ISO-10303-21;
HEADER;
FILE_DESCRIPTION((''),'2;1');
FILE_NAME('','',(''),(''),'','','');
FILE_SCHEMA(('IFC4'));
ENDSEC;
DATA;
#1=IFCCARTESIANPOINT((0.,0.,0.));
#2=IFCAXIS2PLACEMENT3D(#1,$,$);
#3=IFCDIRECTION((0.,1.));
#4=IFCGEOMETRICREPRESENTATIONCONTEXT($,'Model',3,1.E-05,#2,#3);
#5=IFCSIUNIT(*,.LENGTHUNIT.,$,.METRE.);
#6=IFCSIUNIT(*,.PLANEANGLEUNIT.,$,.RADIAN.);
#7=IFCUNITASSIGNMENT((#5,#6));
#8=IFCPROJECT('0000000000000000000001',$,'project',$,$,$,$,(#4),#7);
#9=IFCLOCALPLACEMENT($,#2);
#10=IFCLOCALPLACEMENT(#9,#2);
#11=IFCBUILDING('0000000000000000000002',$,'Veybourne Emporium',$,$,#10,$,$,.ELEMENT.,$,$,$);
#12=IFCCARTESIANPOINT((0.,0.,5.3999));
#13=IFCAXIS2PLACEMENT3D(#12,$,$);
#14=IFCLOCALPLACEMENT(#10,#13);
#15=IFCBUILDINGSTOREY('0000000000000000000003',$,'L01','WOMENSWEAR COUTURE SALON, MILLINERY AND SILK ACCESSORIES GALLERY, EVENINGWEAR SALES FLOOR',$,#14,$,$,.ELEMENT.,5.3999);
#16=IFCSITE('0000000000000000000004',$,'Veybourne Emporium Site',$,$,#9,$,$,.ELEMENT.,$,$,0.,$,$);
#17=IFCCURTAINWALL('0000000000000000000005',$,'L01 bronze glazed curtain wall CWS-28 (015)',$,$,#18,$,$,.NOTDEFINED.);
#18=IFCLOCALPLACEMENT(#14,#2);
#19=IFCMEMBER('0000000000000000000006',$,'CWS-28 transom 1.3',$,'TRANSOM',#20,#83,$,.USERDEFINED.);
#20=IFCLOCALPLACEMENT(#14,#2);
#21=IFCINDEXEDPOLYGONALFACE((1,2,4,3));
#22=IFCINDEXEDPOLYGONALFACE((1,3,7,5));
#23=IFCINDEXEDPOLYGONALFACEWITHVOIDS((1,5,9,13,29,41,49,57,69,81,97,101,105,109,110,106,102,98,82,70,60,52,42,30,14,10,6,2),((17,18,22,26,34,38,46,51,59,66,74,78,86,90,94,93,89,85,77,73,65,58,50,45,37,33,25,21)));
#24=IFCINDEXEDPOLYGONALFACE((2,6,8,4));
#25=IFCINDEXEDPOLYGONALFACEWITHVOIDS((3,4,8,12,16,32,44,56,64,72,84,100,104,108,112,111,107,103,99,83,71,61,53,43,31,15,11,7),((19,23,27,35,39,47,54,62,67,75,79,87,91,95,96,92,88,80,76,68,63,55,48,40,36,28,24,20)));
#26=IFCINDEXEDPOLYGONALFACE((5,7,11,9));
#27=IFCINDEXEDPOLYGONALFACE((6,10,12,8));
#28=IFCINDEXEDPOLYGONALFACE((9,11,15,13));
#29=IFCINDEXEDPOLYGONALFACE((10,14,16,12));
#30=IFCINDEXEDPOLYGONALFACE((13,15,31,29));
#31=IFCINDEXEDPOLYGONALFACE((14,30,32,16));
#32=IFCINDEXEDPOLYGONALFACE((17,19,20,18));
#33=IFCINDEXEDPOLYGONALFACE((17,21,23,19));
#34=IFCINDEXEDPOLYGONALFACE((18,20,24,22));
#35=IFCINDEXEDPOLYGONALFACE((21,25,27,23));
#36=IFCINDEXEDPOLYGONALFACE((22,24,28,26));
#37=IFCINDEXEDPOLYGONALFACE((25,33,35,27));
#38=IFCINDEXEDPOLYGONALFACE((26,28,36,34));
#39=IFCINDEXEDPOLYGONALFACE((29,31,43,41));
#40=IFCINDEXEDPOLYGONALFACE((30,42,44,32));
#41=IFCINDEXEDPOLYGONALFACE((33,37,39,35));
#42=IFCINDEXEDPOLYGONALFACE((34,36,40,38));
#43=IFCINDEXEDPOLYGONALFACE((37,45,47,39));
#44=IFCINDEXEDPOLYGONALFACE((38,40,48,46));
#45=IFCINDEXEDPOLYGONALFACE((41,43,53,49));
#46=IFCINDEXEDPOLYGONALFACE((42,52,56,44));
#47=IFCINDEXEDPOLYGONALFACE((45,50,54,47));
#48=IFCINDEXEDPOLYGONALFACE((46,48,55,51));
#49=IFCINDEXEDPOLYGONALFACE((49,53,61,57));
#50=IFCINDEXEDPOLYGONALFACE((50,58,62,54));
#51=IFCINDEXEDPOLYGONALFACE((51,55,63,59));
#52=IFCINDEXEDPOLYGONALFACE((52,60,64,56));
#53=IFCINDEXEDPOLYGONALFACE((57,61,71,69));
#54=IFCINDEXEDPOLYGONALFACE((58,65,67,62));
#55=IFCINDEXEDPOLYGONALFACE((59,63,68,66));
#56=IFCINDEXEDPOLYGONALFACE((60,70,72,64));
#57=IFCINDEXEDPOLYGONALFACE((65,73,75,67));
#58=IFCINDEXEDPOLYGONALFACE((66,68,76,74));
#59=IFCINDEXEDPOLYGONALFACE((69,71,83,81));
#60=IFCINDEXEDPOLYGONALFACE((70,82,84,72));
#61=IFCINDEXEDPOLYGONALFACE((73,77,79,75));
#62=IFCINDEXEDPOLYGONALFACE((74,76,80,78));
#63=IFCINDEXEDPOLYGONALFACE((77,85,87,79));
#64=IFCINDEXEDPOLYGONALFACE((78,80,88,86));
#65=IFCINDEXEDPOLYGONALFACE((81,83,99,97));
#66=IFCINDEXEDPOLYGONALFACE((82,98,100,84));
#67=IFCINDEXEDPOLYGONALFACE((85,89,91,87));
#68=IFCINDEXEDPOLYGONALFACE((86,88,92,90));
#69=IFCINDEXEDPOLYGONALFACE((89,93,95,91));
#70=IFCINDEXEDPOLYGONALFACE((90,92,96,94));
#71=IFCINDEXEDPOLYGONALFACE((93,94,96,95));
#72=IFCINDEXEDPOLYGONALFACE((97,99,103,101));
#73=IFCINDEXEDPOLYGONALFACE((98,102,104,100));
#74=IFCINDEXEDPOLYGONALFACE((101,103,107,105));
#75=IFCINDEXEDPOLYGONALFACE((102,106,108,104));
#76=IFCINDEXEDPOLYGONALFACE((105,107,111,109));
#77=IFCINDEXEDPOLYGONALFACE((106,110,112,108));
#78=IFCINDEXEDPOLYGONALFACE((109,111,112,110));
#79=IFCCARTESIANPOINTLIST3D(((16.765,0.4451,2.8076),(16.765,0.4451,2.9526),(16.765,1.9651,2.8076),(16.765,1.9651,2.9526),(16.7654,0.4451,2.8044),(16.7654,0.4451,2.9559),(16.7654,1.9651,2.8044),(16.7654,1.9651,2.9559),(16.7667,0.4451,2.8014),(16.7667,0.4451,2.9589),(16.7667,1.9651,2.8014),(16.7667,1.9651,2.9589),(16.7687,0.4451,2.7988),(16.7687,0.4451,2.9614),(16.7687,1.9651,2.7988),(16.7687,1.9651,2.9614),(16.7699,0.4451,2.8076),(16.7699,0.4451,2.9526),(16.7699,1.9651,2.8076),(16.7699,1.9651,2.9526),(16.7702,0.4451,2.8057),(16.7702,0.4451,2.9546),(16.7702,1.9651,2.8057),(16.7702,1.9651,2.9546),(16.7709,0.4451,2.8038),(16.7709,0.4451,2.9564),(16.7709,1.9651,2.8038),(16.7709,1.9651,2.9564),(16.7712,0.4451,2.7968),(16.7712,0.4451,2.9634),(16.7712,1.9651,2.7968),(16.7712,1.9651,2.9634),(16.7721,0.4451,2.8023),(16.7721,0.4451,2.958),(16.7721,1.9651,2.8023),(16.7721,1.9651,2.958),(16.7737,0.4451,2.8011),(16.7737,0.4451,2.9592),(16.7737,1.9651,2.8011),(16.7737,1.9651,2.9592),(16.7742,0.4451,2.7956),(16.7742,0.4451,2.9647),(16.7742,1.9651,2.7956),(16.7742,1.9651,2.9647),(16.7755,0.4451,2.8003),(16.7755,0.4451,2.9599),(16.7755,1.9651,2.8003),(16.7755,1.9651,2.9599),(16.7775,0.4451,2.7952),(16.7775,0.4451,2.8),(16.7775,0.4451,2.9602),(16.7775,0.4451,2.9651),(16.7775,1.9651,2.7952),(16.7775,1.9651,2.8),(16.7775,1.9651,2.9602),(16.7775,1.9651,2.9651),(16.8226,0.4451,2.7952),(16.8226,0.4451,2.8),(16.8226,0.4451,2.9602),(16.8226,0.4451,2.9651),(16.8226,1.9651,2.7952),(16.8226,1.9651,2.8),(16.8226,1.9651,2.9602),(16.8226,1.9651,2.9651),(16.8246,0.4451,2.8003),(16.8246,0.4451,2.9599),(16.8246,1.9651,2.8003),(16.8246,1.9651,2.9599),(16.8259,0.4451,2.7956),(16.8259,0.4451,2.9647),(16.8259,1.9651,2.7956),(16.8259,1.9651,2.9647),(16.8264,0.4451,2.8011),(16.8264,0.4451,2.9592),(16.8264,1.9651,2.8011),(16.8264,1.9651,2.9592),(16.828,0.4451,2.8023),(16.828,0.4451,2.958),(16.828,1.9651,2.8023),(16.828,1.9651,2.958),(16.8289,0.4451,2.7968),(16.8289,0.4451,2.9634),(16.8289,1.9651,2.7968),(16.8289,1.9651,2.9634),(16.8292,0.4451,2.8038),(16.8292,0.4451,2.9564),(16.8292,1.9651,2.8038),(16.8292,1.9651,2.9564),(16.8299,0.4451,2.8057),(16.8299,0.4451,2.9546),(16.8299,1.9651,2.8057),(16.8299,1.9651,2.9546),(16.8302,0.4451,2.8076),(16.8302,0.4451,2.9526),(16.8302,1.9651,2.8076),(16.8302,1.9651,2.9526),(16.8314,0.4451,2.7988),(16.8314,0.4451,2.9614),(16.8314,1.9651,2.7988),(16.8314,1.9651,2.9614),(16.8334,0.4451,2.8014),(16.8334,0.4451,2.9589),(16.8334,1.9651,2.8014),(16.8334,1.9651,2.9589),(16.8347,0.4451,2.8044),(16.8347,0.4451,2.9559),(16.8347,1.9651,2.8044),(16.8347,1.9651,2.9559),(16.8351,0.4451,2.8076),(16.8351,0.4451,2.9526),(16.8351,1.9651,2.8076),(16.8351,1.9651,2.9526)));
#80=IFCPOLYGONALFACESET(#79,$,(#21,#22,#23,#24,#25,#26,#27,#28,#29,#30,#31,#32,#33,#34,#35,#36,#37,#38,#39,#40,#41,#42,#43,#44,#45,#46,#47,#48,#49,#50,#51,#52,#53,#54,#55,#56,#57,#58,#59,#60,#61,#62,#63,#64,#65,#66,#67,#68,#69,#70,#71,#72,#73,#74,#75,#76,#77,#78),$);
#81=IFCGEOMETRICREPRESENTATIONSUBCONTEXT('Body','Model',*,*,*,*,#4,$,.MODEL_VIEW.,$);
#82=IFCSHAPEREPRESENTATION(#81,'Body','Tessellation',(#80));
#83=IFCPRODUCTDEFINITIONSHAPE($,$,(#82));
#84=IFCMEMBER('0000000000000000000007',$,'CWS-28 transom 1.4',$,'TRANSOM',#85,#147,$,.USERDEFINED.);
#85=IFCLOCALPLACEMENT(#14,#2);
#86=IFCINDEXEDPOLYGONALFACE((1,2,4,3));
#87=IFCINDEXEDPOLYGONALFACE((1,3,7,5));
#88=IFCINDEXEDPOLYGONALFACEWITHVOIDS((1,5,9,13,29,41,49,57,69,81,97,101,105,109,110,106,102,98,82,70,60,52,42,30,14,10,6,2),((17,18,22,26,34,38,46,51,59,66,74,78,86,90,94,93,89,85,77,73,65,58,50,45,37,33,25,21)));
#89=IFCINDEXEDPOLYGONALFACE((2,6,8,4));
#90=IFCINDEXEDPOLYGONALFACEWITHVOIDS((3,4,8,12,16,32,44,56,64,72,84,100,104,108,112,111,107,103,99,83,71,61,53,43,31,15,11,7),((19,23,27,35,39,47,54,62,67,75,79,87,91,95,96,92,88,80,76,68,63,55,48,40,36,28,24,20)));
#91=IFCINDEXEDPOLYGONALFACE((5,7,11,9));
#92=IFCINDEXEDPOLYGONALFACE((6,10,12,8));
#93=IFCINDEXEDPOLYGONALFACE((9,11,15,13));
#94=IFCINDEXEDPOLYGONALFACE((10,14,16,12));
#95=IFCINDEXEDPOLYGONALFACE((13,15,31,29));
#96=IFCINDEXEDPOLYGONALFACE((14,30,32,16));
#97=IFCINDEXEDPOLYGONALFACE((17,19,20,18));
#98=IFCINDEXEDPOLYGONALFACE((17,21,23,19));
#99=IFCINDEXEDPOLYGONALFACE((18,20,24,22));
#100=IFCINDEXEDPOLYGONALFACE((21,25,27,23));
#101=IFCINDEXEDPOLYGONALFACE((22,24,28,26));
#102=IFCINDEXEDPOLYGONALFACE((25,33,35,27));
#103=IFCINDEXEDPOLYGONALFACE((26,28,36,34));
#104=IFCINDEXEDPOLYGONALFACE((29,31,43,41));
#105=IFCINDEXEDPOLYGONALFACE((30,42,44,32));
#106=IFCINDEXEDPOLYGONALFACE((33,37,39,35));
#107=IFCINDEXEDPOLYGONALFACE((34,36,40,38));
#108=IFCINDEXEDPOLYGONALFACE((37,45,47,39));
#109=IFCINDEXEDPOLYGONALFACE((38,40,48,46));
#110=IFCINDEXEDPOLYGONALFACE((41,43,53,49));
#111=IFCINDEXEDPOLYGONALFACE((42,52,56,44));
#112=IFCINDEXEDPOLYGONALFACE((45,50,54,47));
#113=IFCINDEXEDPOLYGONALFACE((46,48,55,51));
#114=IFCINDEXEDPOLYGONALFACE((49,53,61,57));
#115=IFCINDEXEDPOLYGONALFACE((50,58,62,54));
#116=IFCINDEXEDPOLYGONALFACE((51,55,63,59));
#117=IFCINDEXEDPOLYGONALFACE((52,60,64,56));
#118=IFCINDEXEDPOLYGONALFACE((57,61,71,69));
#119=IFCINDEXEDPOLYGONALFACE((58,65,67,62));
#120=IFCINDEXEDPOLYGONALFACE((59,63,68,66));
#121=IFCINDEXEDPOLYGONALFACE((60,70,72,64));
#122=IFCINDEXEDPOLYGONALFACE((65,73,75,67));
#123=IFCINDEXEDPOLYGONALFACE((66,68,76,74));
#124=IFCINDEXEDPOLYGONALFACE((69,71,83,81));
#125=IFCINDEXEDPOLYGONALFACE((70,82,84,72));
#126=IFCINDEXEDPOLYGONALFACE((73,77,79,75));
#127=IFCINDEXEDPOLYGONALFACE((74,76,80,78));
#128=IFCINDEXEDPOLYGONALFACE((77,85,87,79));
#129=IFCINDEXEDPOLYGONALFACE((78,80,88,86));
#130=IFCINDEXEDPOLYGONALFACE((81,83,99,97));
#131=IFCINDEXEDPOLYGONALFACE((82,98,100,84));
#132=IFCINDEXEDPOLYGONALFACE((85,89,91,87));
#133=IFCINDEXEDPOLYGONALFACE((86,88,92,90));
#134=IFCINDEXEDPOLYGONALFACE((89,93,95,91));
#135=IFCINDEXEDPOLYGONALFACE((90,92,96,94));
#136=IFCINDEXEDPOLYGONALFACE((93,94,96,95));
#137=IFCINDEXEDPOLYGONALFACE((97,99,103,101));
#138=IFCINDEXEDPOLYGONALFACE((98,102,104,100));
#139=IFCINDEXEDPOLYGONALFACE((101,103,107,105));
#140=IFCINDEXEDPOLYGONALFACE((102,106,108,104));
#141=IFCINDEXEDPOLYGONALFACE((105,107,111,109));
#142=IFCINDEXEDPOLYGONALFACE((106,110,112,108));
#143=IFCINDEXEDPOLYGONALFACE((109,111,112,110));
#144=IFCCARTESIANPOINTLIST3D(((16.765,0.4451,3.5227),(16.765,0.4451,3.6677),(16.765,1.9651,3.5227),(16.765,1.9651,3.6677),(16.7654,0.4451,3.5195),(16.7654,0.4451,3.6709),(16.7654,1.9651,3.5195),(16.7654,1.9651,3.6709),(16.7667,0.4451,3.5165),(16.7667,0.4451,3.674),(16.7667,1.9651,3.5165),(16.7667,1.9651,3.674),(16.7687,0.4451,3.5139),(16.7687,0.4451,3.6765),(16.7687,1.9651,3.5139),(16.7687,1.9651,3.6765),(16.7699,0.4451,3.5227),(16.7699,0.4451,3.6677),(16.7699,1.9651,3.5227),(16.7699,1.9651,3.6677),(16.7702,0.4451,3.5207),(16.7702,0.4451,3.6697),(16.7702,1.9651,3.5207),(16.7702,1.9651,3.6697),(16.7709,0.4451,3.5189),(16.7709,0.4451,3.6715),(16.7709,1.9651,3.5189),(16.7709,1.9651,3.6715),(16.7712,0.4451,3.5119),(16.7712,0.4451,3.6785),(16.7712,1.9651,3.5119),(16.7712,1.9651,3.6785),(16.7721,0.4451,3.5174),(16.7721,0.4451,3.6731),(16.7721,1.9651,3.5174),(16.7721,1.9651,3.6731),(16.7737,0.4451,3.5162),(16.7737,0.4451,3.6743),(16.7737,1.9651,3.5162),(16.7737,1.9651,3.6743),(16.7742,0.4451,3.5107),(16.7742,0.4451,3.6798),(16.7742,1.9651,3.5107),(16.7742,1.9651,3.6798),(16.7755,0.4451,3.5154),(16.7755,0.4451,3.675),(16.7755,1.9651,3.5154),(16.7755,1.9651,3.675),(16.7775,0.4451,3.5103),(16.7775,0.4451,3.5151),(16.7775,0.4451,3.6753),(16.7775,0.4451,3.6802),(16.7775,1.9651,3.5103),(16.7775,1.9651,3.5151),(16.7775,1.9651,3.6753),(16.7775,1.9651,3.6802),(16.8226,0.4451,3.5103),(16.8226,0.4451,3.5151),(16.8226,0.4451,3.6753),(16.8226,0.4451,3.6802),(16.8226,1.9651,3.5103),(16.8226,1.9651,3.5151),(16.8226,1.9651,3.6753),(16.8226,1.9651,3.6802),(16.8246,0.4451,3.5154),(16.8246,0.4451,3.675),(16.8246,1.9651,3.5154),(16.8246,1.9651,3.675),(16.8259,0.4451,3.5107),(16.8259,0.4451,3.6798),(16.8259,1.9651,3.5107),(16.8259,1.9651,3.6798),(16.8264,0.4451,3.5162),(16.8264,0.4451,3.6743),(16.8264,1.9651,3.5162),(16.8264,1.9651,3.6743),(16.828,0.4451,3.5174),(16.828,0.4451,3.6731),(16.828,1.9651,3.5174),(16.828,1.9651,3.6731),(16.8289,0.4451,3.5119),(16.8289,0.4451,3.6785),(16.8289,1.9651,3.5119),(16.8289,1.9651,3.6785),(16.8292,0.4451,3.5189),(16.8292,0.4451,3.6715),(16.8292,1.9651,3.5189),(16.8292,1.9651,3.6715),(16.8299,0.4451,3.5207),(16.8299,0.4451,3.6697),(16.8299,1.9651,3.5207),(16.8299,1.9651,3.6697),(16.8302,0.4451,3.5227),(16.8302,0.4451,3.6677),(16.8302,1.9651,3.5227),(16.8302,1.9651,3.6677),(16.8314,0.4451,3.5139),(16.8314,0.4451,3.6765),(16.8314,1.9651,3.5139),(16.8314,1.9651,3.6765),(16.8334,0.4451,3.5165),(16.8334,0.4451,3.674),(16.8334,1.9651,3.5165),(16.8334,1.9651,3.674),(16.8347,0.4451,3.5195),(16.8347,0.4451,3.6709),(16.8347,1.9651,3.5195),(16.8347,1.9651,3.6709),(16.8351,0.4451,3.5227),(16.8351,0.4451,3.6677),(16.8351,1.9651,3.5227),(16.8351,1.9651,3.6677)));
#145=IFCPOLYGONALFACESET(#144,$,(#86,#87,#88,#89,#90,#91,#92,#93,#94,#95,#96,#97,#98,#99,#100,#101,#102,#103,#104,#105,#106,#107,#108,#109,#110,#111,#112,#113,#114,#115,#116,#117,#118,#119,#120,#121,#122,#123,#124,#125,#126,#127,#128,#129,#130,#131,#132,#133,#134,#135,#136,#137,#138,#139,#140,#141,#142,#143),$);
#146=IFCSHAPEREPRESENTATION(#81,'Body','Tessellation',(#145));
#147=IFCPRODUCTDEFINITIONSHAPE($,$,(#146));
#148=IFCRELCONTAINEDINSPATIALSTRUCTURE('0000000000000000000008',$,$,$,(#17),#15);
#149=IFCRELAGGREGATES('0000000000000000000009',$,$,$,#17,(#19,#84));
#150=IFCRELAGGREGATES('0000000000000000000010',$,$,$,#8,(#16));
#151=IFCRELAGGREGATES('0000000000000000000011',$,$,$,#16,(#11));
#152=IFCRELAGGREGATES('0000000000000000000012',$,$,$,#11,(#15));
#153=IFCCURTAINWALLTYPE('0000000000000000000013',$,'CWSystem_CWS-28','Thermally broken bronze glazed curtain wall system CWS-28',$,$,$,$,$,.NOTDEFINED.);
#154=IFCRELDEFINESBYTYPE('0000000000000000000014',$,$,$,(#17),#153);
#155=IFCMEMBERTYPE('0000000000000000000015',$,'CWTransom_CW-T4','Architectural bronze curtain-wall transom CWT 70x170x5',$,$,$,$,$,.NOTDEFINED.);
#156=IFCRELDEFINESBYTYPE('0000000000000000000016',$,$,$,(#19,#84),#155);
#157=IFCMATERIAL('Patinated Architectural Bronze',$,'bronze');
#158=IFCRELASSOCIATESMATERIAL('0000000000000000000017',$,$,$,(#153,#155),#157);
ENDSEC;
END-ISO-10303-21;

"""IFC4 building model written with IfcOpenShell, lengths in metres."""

from ifc_helpers import new_model, si_unit, direction, frame, origin, origin_2d, place, context, subcontext, project, spatial, hollow_rectangle, extrude, material, material_profile, profile_set, type_object, element, aggregate, save


model = new_model("IFC4")

# Units and contexts
model_context = context("Model", 3, precision=1e-05, world=origin(), true_north=direction((0.0, 1.0)))
body_context = subcontext(model_context, "Body", "Model", "MODEL_VIEW")
ifc_project = project(units=[si_unit("LENGTHUNIT", "METRE"), si_unit("PLANEANGLEUNIT", "RADIAN")], contexts=[model_context])

# Site, building, storey
site_placement = place(None, origin())
site = spatial("IfcSite", under=ifc_project, at=site_placement, Name="Veybourne Emporium Site", CompositionType="ELEMENT", RefElevation=0.0)
building_placement = place(site_placement, origin())
building = spatial("IfcBuilding", under=site, at=building_placement, Name="Veybourne Emporium", CompositionType="ELEMENT")
storey_placement = place(building_placement, frame((0.0, 0.0, 5.3999)))
storey = spatial("IfcBuildingStorey", under=building, at=storey_placement, Name="L01", Description="WOMENSWEAR COUTURE SALON, MILLINERY AND SILK ACCESSORIES GALLERY, EVENINGWEAR SALES FLOOR", CompositionType="ELEMENT", Elevation=5.3999)

# Curtain wall, members
ifc_material_1 = material(Name="Patinated Architectural Bronze", Category="bronze")
curtain_wall_type_1 = type_object("IfcCurtainWallType", Name="CWSystem_CWS-28", Description="Thermally broken bronze glazed curtain wall system CWS-28", PredefinedType="NOTDEFINED", material=ifc_material_1)
curtain_wall_1_placement = place(storey_placement, origin())
curtain_wall_1 = element("IfcCurtainWall", 1, at=curtain_wall_1_placement, inside=storey, type_object=curtain_wall_type_1, Name="L01 bronze glazed curtain wall CWS-28 (015)", PredefinedType="NOTDEFINED")
ifc_material_profile_1 = material_profile(ifc_material_1, hollow_rectangle(XDim=0.0701, YDim=0.1699, WallThickness=0.0049, InnerFilletRadius=0.0076, OuterFilletRadius=0.0125, at=origin_2d()), Name="CWT 70x170x5")
ifc_profile_set_1 = profile_set([ifc_material_profile_1], Name="Patinated Architectural Bronze")
member_type_1 = type_object("IfcMemberType", Name="CWTransom_CW-T4", Description="Architectural bronze curtain-wall transom CWT 70x170x5", PredefinedType="NOTDEFINED", material=ifc_profile_set_1)
member_1_placement = place(storey_placement, frame((16.8, 0.4451, 2.8801), z_axis=(0.0, 1.0, 0.0), x_axis=(-1.0, 0.0, 0.0)))
member_1 = element("IfcMember", 2, at=member_1_placement, type_object=member_type_1, Name="CWS-28 transom 1.3", ObjectType="TRANSOM", PredefinedType="USERDEFINED", context=body_context, shape_type="SweptSolid", body=[
    extrude(hollow_rectangle(XDim=0.0701, YDim=0.1699, WallThickness=0.0049, InnerFilletRadius=0.0076, OuterFilletRadius=0.0125, at=origin_2d()), origin(), (0.0, 0.0, 1.0), 1.52),
])
member_2_placement = place(storey_placement, frame((16.8, 0.4451, 3.5952), z_axis=(0.0, 1.0, 0.0), x_axis=(-1.0, 0.0, 0.0)))
member_2 = element("IfcMember", 3, at=member_2_placement, type_object=member_type_1, Name="CWS-28 transom 1.4", ObjectType="TRANSOM", PredefinedType="USERDEFINED", context=body_context, shape_type="SweptSolid", body=[
    extrude(hollow_rectangle(XDim=0.0701, YDim=0.1699, WallThickness=0.0049, InnerFilletRadius=0.0076, OuterFilletRadius=0.0125, at=origin_2d()), origin(), (0.0, 0.0, 1.0), 1.52),
])

aggregate(curtain_wall_1, [member_1, member_2])

save(model, "model.ifc")
